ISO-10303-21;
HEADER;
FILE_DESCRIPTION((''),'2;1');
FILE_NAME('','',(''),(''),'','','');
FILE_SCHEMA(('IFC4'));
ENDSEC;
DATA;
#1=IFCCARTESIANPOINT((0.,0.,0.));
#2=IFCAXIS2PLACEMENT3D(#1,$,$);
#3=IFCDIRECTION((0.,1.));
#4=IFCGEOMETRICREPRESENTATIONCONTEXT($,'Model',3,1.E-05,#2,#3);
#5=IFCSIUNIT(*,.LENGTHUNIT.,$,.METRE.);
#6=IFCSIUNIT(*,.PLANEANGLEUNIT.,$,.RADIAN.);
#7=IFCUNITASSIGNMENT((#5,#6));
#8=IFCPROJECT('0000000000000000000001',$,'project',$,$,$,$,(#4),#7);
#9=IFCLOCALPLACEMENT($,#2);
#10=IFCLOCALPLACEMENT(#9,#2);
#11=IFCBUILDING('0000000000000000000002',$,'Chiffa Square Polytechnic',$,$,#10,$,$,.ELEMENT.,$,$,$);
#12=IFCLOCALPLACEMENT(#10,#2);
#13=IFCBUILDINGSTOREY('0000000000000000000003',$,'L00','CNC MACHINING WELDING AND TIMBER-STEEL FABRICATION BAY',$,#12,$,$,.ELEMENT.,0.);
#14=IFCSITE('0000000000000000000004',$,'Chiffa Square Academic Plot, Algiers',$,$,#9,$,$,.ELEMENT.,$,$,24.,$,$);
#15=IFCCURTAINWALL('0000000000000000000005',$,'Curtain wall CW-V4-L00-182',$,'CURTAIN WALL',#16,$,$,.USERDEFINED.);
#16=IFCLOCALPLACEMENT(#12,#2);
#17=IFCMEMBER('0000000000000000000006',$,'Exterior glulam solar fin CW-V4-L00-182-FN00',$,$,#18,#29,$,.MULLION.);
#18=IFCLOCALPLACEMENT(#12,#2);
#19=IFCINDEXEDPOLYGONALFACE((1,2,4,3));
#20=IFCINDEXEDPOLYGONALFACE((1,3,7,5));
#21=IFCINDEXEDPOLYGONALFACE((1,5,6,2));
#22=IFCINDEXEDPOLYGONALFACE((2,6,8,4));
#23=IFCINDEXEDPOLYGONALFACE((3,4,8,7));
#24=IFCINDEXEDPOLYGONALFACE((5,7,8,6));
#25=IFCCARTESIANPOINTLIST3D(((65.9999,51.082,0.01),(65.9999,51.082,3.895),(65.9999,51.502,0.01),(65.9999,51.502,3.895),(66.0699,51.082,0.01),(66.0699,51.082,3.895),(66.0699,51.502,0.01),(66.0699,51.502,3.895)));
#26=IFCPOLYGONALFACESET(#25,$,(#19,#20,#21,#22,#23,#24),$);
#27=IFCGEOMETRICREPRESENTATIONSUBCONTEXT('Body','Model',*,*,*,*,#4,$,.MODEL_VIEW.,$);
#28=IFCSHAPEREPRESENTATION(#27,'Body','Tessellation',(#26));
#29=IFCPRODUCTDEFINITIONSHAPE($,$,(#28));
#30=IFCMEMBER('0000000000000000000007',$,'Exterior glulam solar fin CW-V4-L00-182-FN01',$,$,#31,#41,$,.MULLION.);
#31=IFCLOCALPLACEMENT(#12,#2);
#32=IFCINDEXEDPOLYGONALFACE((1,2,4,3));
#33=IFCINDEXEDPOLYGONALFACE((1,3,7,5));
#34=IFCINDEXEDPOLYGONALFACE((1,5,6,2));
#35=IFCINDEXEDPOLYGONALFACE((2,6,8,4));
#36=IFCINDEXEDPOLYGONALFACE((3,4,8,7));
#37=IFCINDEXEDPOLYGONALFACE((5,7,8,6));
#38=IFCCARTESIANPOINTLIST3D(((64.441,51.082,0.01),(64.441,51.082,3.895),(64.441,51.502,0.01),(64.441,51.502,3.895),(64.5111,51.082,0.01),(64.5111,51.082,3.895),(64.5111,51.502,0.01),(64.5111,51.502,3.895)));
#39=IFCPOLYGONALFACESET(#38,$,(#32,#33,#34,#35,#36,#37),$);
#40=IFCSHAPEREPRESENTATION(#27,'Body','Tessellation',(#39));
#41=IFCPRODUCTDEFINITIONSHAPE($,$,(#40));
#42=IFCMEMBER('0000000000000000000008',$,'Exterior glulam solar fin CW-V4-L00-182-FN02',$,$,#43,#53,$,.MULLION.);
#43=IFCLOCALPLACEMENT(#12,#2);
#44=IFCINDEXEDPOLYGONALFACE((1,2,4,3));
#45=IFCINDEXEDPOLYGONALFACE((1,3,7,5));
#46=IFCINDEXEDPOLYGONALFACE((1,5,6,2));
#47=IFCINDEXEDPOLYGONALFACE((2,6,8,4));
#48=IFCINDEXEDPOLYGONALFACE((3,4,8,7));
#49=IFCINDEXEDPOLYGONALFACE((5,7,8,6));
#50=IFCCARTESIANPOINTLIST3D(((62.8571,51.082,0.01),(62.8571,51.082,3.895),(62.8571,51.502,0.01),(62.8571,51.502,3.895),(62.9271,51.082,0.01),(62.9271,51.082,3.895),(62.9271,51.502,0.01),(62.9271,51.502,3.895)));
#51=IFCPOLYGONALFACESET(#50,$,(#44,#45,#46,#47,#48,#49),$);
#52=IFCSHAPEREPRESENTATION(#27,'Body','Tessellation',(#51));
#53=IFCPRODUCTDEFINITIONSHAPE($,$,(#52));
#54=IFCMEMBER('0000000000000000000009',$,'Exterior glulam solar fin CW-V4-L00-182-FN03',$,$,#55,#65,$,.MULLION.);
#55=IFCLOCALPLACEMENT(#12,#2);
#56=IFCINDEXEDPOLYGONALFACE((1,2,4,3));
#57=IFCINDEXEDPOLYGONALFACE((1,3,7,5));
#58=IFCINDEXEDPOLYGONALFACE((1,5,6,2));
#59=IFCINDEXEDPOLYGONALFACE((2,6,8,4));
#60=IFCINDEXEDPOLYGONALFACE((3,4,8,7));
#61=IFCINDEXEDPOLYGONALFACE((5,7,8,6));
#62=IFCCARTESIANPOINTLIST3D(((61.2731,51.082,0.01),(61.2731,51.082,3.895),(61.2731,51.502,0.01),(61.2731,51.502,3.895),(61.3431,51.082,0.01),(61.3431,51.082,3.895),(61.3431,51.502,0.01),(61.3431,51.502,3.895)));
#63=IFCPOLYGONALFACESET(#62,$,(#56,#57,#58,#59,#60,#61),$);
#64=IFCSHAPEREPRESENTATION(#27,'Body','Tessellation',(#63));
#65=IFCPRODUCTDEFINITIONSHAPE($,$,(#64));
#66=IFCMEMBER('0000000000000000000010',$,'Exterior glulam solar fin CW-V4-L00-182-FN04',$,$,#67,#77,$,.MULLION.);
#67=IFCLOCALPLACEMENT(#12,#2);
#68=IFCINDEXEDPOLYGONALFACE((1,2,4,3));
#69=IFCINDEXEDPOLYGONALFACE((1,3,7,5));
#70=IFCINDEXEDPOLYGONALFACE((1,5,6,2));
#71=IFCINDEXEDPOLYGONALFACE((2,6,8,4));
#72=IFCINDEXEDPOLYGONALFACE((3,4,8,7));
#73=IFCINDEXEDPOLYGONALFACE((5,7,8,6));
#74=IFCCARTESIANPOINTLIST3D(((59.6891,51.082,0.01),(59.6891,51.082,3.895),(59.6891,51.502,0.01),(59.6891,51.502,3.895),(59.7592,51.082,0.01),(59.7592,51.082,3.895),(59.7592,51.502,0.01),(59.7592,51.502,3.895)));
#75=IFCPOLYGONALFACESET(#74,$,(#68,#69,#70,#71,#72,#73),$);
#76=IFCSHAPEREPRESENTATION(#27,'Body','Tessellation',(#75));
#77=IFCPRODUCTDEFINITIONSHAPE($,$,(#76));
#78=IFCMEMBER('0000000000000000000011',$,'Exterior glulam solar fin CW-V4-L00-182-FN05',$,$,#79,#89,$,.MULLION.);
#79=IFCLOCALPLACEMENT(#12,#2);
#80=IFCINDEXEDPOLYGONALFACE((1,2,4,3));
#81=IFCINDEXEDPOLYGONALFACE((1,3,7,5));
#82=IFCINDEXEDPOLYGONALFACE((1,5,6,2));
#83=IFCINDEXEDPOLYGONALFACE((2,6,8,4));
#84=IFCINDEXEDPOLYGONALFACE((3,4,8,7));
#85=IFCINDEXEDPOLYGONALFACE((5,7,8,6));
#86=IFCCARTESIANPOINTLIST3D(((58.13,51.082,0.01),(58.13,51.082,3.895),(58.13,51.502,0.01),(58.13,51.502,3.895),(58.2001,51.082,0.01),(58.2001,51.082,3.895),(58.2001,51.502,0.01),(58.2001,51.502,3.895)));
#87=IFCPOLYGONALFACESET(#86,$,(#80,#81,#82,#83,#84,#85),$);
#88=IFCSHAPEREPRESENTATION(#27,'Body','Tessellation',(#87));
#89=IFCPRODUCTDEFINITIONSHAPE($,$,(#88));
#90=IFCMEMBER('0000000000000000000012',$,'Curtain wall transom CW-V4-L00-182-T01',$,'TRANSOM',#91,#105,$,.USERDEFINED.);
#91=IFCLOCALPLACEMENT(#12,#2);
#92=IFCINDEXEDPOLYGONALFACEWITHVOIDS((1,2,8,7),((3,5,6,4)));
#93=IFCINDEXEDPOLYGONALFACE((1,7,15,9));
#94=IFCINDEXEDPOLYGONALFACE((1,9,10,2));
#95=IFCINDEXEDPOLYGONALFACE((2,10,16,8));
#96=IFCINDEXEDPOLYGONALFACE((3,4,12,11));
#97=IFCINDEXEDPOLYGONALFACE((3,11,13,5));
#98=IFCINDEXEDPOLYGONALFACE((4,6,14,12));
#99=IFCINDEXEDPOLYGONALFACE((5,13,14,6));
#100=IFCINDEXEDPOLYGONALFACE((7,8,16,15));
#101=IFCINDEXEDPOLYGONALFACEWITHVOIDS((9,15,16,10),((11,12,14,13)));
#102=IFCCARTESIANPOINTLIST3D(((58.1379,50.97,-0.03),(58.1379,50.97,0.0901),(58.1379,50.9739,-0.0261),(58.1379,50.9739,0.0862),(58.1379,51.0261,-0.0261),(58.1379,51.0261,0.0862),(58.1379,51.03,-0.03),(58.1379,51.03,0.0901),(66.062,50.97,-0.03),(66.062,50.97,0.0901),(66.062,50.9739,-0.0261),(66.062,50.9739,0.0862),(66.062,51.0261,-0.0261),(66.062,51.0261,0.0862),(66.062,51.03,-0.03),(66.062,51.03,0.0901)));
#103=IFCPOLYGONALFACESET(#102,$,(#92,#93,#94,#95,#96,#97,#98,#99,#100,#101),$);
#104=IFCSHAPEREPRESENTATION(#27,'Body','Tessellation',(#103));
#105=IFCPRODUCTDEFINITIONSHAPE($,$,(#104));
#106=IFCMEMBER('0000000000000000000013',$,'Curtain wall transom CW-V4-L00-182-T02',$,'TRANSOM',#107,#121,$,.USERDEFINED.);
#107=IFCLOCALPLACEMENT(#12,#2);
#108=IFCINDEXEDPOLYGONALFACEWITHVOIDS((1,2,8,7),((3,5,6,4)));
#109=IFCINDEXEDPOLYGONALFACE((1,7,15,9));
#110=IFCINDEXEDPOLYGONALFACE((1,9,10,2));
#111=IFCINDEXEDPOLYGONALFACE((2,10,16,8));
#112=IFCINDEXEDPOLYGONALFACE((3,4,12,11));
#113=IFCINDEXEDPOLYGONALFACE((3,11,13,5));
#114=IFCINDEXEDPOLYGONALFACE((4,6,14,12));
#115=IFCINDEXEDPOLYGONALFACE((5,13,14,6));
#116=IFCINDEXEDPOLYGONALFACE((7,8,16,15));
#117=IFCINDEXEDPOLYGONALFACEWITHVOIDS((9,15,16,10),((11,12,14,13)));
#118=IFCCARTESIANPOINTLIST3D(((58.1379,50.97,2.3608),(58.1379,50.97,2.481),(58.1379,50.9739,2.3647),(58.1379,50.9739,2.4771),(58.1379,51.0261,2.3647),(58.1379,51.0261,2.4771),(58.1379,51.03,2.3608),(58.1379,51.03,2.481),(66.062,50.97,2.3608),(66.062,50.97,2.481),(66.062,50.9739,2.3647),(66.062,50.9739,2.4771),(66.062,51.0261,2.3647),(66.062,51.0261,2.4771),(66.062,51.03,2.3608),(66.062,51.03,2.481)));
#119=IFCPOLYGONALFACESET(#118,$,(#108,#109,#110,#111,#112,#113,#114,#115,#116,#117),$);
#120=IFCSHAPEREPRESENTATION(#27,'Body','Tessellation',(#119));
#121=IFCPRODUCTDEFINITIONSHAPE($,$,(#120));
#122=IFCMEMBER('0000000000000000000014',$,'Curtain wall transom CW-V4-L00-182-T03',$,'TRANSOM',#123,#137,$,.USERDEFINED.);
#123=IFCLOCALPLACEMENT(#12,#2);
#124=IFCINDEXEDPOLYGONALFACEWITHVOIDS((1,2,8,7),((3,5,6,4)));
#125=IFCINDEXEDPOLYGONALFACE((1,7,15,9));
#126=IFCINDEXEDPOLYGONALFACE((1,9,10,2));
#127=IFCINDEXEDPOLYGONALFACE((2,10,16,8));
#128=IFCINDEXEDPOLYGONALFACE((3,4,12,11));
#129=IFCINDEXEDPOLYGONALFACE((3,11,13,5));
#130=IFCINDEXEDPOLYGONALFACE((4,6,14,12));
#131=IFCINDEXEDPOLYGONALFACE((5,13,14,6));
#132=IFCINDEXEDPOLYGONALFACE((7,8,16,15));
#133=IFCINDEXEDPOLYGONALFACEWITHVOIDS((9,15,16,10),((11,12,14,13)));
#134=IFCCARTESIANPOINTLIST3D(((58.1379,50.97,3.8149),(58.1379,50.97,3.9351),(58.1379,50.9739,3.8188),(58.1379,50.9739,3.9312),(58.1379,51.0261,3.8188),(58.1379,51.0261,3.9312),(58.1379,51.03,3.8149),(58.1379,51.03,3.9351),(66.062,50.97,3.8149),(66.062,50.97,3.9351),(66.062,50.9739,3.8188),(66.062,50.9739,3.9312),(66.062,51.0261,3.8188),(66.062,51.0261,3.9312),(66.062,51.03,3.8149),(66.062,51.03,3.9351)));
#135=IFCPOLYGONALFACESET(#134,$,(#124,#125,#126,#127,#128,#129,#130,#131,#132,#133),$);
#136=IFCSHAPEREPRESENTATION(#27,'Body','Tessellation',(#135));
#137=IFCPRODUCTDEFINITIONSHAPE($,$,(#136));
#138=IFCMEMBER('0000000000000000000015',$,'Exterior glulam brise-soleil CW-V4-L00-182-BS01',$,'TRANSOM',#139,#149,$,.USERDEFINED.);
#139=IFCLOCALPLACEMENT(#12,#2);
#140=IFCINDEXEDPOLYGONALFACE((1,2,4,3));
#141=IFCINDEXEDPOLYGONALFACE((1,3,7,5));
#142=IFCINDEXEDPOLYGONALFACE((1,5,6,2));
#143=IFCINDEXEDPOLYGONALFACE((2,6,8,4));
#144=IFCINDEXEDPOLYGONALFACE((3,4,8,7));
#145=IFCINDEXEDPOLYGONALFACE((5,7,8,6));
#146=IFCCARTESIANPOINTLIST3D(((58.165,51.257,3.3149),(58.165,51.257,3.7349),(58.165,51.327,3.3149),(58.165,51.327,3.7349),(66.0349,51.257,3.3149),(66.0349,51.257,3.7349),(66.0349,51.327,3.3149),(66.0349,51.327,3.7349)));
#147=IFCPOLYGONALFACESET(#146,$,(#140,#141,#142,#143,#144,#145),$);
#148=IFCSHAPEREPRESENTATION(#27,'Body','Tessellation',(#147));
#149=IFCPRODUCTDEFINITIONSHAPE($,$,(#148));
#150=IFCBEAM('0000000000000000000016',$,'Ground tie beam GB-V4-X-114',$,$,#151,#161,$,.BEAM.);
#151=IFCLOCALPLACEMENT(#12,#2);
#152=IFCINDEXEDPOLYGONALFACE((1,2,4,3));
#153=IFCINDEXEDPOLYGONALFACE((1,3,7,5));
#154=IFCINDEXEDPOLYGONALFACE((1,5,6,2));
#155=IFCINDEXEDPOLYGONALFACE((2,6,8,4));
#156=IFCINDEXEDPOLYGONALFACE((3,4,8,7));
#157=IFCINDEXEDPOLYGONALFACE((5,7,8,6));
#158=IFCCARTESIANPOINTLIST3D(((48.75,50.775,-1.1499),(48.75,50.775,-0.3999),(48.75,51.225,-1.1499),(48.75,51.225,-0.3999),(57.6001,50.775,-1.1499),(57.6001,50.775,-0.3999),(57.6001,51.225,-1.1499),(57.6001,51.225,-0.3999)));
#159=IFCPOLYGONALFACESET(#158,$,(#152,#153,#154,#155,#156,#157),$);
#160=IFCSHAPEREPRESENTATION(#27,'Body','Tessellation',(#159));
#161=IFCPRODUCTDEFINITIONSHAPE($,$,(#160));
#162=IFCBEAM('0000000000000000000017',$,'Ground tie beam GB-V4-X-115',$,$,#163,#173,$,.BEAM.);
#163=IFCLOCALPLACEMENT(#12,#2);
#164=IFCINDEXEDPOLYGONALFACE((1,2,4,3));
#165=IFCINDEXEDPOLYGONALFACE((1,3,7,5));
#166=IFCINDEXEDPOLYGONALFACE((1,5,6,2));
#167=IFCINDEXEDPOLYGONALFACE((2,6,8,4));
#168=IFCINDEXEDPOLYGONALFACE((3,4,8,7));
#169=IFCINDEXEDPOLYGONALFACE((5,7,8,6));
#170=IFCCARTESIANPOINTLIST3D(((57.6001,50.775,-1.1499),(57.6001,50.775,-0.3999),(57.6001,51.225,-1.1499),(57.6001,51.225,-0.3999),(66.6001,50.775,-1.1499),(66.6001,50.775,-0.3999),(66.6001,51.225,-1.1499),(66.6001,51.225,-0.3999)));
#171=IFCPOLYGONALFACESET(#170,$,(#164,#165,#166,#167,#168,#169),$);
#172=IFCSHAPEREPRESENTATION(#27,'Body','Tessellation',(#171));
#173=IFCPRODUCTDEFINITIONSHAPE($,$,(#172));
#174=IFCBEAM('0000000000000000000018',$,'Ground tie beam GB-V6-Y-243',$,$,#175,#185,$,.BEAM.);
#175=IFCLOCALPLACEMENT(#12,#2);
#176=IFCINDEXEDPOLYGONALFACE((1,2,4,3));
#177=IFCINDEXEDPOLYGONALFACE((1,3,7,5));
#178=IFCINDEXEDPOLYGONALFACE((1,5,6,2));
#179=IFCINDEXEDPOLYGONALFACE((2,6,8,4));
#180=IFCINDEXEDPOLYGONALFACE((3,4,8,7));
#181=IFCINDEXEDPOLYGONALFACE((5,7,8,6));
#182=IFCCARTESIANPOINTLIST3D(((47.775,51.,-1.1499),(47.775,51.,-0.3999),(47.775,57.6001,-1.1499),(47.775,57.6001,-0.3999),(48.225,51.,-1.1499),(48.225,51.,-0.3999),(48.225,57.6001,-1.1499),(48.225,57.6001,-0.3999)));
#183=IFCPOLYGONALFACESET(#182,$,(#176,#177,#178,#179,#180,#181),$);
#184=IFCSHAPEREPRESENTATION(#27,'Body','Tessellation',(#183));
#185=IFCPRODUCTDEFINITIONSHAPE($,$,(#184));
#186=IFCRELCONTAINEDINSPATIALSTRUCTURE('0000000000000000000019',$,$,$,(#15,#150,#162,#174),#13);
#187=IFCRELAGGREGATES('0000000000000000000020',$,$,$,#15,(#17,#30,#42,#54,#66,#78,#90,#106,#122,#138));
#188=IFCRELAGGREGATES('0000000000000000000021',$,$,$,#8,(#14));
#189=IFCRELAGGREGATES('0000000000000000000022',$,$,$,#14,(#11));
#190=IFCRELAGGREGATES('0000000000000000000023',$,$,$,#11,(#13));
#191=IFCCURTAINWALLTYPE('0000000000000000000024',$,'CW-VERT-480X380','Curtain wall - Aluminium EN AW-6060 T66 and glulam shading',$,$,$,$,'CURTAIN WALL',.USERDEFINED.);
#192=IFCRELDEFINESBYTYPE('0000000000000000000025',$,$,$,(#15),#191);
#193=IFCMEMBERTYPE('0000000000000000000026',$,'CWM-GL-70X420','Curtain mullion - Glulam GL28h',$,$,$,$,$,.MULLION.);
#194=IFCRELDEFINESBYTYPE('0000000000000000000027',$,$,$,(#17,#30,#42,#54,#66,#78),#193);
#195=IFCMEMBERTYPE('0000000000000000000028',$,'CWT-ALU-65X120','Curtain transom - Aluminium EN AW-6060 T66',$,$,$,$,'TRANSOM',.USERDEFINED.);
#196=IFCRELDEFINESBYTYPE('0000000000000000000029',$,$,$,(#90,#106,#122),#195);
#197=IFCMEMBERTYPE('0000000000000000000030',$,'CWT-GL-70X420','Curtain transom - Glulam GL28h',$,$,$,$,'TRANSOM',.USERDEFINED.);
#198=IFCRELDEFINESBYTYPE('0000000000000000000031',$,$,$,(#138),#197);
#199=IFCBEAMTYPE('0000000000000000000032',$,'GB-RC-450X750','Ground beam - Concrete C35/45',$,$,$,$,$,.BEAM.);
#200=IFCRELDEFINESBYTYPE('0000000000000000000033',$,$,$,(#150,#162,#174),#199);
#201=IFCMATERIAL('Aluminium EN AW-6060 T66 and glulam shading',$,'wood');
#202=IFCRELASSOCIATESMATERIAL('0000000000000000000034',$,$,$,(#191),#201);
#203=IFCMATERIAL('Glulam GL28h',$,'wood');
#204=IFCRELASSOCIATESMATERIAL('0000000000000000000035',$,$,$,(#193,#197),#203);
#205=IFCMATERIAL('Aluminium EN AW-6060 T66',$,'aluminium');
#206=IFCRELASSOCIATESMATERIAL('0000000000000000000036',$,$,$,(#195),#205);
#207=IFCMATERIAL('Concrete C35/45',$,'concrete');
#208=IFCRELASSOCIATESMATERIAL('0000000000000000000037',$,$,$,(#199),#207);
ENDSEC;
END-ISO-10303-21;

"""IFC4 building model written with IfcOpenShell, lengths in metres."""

from ifc_helpers import new_model, si_unit, direction, frame, origin, origin_2d, place, context, subcontext, project, spatial, rectangle, hollow_rectangle, extrude, material, material_profile, profile_set, type_object, element, aggregate, save


model = new_model("IFC4")

# Units and contexts
model_context = context("Model", 3, precision=1e-05, world=origin(), true_north=direction((0.0, 1.0)))
body_context = subcontext(model_context, "Body", "Model", "MODEL_VIEW")
ifc_project = project(units=[si_unit("LENGTHUNIT", "METRE"), si_unit("PLANEANGLEUNIT", "RADIAN")], contexts=[model_context])

# Site, building, storey
site_placement = place(None, origin())
site = spatial("IfcSite", under=ifc_project, at=site_placement, Name="Chiffa Square Academic Plot, Algiers", CompositionType="ELEMENT", RefElevation=24.0)
building_placement = place(site_placement, origin())
building = spatial("IfcBuilding", under=site, at=building_placement, Name="Chiffa Square Polytechnic", CompositionType="ELEMENT")
storey_placement = place(building_placement, origin())
storey = spatial("IfcBuildingStorey", under=building, at=storey_placement, Name="L00", Description="CNC MACHINING WELDING AND TIMBER-STEEL FABRICATION BAY", CompositionType="ELEMENT", Elevation=0.0)

# Shared definitions
ifc_material_1 = material(Name="Concrete C35/45", Category="concrete")

# Curtain wall, members
ifc_material_2 = material(Name="Aluminium EN AW-6060 T66 and glulam shading", Category="wood")
curtain_wall_type = type_object("IfcCurtainWallType", Name="CW-VERT-480X380", Description="Curtain wall - Aluminium EN AW-6060 T66 and glulam shading", ElementType="CURTAIN WALL", PredefinedType="USERDEFINED", material=ifc_material_2)
curtain_wall_placement = place(storey_placement, origin())
curtain_wall = element("IfcCurtainWall", 1, at=curtain_wall_placement, inside=storey, type_object=curtain_wall_type, Name="Curtain wall CW-V4-L00-182", ObjectType="CURTAIN WALL", PredefinedType="USERDEFINED")
ifc_material_3 = material(Name="Aluminium EN AW-6060 T66", Category="aluminium")
ifc_material_4 = material(Name="Glulam GL28h", Category="wood")
ifc_material_profile_1 = material_profile(ifc_material_4, rectangle(XDim=0.0701, YDim=0.4199, at=origin_2d()), Name="GL28h 70x420")
ifc_profile_set_1 = profile_set([ifc_material_profile_1], Name="Glulam GL28h")
member_type_1 = type_object("IfcMemberType", Name="CWM-GL-70X420", Description="Curtain mullion - Glulam GL28h", PredefinedType="MULLION", material=ifc_profile_set_1)
member_1_placement = place(storey_placement, frame((66.0349, 51.292, 0.01), z_axis=(0.0, 0.0, 1.0), x_axis=(-1.0, 0.0, 0.0)))
member_1 = element("IfcMember", 2, at=member_1_placement, type_object=member_type_1, Name="Exterior glulam solar fin CW-V4-L00-182-FN00", PredefinedType="MULLION", context=body_context, shape_type="SweptSolid", body=[
    extrude(rectangle(XDim=0.0701, YDim=0.4199, at=origin_2d()), origin(), (0.0, 0.0, 1.0), 3.885),
])
member_2_placement = place(storey_placement, frame((64.4761, 51.292, 0.01), z_axis=(0.0, 0.0, 1.0), x_axis=(-1.0, 0.0, 0.0)))
member_2 = element("IfcMember", 3, at=member_2_placement, type_object=member_type_1, Name="Exterior glulam solar fin CW-V4-L00-182-FN01", PredefinedType="MULLION", context=body_context, shape_type="SweptSolid", body=[
    extrude(rectangle(XDim=0.0701, YDim=0.4199, at=origin_2d()), origin(), (0.0, 0.0, 1.0), 3.885),
])
member_3_placement = place(storey_placement, frame((62.8921, 51.292, 0.01), z_axis=(0.0, 0.0, 1.0), x_axis=(-1.0, 0.0, 0.0)))
member_3 = element("IfcMember", 4, at=member_3_placement, type_object=member_type_1, Name="Exterior glulam solar fin CW-V4-L00-182-FN02", PredefinedType="MULLION", context=body_context, shape_type="SweptSolid", body=[
    extrude(rectangle(XDim=0.0701, YDim=0.4199, at=origin_2d()), origin(), (0.0, 0.0, 1.0), 3.885),
])
member_4_placement = place(storey_placement, frame((61.3081, 51.292, 0.01), z_axis=(0.0, 0.0, 1.0), x_axis=(-1.0, 0.0, 0.0)))
member_4 = element("IfcMember", 5, at=member_4_placement, type_object=member_type_1, Name="Exterior glulam solar fin CW-V4-L00-182-FN03", PredefinedType="MULLION", context=body_context, shape_type="SweptSolid", body=[
    extrude(rectangle(XDim=0.0701, YDim=0.4199, at=origin_2d()), origin(), (0.0, 0.0, 1.0), 3.885),
])
member_5_placement = place(storey_placement, frame((59.7241, 51.292, 0.01), z_axis=(0.0, 0.0, 1.0), x_axis=(-1.0, 0.0, 0.0)))
member_5 = element("IfcMember", 6, at=member_5_placement, type_object=member_type_1, Name="Exterior glulam solar fin CW-V4-L00-182-FN04", PredefinedType="MULLION", context=body_context, shape_type="SweptSolid", body=[
    extrude(rectangle(XDim=0.0701, YDim=0.4199, at=origin_2d()), origin(), (0.0, 0.0, 1.0), 3.885),
])
member_6_placement = place(storey_placement, frame((58.165, 51.292, 0.01), z_axis=(0.0, 0.0, 1.0), x_axis=(-1.0, 0.0, 0.0)))
member_6 = element("IfcMember", 7, at=member_6_placement, type_object=member_type_1, Name="Exterior glulam solar fin CW-V4-L00-182-FN05", PredefinedType="MULLION", context=body_context, shape_type="SweptSolid", body=[
    extrude(rectangle(XDim=0.0701, YDim=0.4199, at=origin_2d()), origin(), (0.0, 0.0, 1.0), 3.885),
])
ifc_material_profile_2 = material_profile(ifc_material_3, hollow_rectangle(XDim=0.0601, YDim=0.1201, WallThickness=0.0039, at=origin_2d()), Name="ALU 60x120x4")
ifc_profile_set_2 = profile_set([ifc_material_profile_2], Name="Aluminium EN AW-6060 T66")
member_type_2 = type_object("IfcMemberType", Name="CWT-ALU-65X120", Description="Curtain transom - Aluminium EN AW-6060 T66", ElementType="TRANSOM", PredefinedType="USERDEFINED", material=ifc_profile_set_2)
member_7_placement = place(storey_placement, frame((66.062, 51.0, 0.03), z_axis=(-1.0, 0.0, 0.0), x_axis=(0.0, -1.0, 0.0)))
member_7 = element("IfcMember", 8, at=member_7_placement, type_object=member_type_2, Name="Curtain wall transom CW-V4-L00-182-T01", ObjectType="TRANSOM", PredefinedType="USERDEFINED", context=body_context, shape_type="SweptSolid", body=[
    extrude(hollow_rectangle(XDim=0.0601, YDim=0.1201, WallThickness=0.0039, at=origin_2d()), origin(), (0.0, 0.0, 1.0), 7.9241),
])
member_8_placement = place(storey_placement, frame((66.062, 51.0, 2.4209), z_axis=(-1.0, 0.0, 0.0), x_axis=(0.0, -1.0, 0.0)))
member_8 = element("IfcMember", 9, at=member_8_placement, type_object=member_type_2, Name="Curtain wall transom CW-V4-L00-182-T02", ObjectType="TRANSOM", PredefinedType="USERDEFINED", context=body_context, shape_type="SweptSolid", body=[
    extrude(hollow_rectangle(XDim=0.0601, YDim=0.1201, WallThickness=0.0039, at=origin_2d()), origin(), (0.0, 0.0, 1.0), 7.9241),
])
member_9_placement = place(storey_placement, frame((66.062, 51.0, 3.875), z_axis=(-1.0, 0.0, 0.0), x_axis=(0.0, -1.0, 0.0)))
member_9 = element("IfcMember", 10, at=member_9_placement, type_object=member_type_2, Name="Curtain wall transom CW-V4-L00-182-T03", ObjectType="TRANSOM", PredefinedType="USERDEFINED", context=body_context, shape_type="SweptSolid", body=[
    extrude(hollow_rectangle(XDim=0.0601, YDim=0.1201, WallThickness=0.0039, at=origin_2d()), origin(), (0.0, 0.0, 1.0), 7.9241),
])
ifc_material_profile_3 = material_profile(ifc_material_4, rectangle(XDim=0.0701, YDim=0.4199, at=origin_2d()), Name="GL28h 70x420")
ifc_profile_set_3 = profile_set([ifc_material_profile_3], Name="Glulam GL28h")
member_type_3 = type_object("IfcMemberType", Name="CWT-GL-70X420", Description="Curtain transom - Glulam GL28h", ElementType="TRANSOM", PredefinedType="USERDEFINED", material=ifc_profile_set_3)
member_10_placement = place(storey_placement, frame((66.0349, 51.292, 3.5249), z_axis=(-1.0, 0.0, 0.0), x_axis=(0.0, -1.0, 0.0)))
member_10 = element("IfcMember", 11, at=member_10_placement, type_object=member_type_3, Name="Exterior glulam brise-soleil CW-V4-L00-182-BS01", ObjectType="TRANSOM", PredefinedType="USERDEFINED", context=body_context, shape_type="SweptSolid", body=[
    extrude(rectangle(XDim=0.0701, YDim=0.4199, at=origin_2d()), origin(), (0.0, 0.0, 1.0), 7.8699),
])

# Beams
ifc_material_profile_4 = material_profile(ifc_material_1, rectangle(XDim=0.45, YDim=0.75, at=origin_2d()), Name="RC 450x750")
ifc_profile_set_4 = profile_set([ifc_material_profile_4], Name="Concrete C35/45")
beam_type_1 = type_object("IfcBeamType", Name="GB-RC-450X750", Description="Ground beam - Concrete C35/45", PredefinedType="BEAM", material=ifc_profile_set_4)
beam_1_placement = place(storey_placement, frame((48.75, 51.0, -0.7749), z_axis=(1.0, 0.0, 0.0), x_axis=(0.0, 1.0, 0.0)))
element("IfcBeam", 12, at=beam_1_placement, inside=storey, type_object=beam_type_1, Name="Ground tie beam GB-V4-X-114", PredefinedType="BEAM", context=body_context, shape_type="SweptSolid", body=[
    extrude(rectangle(XDim=0.45, YDim=0.75, at=origin_2d()), origin(), (0.0, 0.0, 1.0), 8.8501),
])
beam_2_placement = place(storey_placement, frame((57.6001, 51.0, -0.7749), z_axis=(1.0, 0.0, 0.0), x_axis=(0.0, 1.0, 0.0)))
element("IfcBeam", 13, at=beam_2_placement, inside=storey, type_object=beam_type_1, Name="Ground tie beam GB-V4-X-115", PredefinedType="BEAM", context=body_context, shape_type="SweptSolid", body=[
    extrude(rectangle(XDim=0.45, YDim=0.75, at=origin_2d()), origin(), (0.0, 0.0, 1.0), 9.0),
])
beam_3_placement = place(storey_placement, frame((48.0, 51.0, -0.7749), z_axis=(0.0, 1.0, 0.0), x_axis=(-1.0, 0.0, 0.0)))
element("IfcBeam", 14, at=beam_3_placement, inside=storey, type_object=beam_type_1, Name="Ground tie beam GB-V6-Y-243", PredefinedType="BEAM", context=body_context, shape_type="SweptSolid", body=[
    extrude(rectangle(XDim=0.45, YDim=0.75, at=origin_2d()), origin(), (0.0, 0.0, 1.0), 6.6001),
])

aggregate(curtain_wall, [member_1, member_2, member_3, member_4, member_5, member_6, member_7, member_8, member_9, member_10])

save(model, "model.ifc")
